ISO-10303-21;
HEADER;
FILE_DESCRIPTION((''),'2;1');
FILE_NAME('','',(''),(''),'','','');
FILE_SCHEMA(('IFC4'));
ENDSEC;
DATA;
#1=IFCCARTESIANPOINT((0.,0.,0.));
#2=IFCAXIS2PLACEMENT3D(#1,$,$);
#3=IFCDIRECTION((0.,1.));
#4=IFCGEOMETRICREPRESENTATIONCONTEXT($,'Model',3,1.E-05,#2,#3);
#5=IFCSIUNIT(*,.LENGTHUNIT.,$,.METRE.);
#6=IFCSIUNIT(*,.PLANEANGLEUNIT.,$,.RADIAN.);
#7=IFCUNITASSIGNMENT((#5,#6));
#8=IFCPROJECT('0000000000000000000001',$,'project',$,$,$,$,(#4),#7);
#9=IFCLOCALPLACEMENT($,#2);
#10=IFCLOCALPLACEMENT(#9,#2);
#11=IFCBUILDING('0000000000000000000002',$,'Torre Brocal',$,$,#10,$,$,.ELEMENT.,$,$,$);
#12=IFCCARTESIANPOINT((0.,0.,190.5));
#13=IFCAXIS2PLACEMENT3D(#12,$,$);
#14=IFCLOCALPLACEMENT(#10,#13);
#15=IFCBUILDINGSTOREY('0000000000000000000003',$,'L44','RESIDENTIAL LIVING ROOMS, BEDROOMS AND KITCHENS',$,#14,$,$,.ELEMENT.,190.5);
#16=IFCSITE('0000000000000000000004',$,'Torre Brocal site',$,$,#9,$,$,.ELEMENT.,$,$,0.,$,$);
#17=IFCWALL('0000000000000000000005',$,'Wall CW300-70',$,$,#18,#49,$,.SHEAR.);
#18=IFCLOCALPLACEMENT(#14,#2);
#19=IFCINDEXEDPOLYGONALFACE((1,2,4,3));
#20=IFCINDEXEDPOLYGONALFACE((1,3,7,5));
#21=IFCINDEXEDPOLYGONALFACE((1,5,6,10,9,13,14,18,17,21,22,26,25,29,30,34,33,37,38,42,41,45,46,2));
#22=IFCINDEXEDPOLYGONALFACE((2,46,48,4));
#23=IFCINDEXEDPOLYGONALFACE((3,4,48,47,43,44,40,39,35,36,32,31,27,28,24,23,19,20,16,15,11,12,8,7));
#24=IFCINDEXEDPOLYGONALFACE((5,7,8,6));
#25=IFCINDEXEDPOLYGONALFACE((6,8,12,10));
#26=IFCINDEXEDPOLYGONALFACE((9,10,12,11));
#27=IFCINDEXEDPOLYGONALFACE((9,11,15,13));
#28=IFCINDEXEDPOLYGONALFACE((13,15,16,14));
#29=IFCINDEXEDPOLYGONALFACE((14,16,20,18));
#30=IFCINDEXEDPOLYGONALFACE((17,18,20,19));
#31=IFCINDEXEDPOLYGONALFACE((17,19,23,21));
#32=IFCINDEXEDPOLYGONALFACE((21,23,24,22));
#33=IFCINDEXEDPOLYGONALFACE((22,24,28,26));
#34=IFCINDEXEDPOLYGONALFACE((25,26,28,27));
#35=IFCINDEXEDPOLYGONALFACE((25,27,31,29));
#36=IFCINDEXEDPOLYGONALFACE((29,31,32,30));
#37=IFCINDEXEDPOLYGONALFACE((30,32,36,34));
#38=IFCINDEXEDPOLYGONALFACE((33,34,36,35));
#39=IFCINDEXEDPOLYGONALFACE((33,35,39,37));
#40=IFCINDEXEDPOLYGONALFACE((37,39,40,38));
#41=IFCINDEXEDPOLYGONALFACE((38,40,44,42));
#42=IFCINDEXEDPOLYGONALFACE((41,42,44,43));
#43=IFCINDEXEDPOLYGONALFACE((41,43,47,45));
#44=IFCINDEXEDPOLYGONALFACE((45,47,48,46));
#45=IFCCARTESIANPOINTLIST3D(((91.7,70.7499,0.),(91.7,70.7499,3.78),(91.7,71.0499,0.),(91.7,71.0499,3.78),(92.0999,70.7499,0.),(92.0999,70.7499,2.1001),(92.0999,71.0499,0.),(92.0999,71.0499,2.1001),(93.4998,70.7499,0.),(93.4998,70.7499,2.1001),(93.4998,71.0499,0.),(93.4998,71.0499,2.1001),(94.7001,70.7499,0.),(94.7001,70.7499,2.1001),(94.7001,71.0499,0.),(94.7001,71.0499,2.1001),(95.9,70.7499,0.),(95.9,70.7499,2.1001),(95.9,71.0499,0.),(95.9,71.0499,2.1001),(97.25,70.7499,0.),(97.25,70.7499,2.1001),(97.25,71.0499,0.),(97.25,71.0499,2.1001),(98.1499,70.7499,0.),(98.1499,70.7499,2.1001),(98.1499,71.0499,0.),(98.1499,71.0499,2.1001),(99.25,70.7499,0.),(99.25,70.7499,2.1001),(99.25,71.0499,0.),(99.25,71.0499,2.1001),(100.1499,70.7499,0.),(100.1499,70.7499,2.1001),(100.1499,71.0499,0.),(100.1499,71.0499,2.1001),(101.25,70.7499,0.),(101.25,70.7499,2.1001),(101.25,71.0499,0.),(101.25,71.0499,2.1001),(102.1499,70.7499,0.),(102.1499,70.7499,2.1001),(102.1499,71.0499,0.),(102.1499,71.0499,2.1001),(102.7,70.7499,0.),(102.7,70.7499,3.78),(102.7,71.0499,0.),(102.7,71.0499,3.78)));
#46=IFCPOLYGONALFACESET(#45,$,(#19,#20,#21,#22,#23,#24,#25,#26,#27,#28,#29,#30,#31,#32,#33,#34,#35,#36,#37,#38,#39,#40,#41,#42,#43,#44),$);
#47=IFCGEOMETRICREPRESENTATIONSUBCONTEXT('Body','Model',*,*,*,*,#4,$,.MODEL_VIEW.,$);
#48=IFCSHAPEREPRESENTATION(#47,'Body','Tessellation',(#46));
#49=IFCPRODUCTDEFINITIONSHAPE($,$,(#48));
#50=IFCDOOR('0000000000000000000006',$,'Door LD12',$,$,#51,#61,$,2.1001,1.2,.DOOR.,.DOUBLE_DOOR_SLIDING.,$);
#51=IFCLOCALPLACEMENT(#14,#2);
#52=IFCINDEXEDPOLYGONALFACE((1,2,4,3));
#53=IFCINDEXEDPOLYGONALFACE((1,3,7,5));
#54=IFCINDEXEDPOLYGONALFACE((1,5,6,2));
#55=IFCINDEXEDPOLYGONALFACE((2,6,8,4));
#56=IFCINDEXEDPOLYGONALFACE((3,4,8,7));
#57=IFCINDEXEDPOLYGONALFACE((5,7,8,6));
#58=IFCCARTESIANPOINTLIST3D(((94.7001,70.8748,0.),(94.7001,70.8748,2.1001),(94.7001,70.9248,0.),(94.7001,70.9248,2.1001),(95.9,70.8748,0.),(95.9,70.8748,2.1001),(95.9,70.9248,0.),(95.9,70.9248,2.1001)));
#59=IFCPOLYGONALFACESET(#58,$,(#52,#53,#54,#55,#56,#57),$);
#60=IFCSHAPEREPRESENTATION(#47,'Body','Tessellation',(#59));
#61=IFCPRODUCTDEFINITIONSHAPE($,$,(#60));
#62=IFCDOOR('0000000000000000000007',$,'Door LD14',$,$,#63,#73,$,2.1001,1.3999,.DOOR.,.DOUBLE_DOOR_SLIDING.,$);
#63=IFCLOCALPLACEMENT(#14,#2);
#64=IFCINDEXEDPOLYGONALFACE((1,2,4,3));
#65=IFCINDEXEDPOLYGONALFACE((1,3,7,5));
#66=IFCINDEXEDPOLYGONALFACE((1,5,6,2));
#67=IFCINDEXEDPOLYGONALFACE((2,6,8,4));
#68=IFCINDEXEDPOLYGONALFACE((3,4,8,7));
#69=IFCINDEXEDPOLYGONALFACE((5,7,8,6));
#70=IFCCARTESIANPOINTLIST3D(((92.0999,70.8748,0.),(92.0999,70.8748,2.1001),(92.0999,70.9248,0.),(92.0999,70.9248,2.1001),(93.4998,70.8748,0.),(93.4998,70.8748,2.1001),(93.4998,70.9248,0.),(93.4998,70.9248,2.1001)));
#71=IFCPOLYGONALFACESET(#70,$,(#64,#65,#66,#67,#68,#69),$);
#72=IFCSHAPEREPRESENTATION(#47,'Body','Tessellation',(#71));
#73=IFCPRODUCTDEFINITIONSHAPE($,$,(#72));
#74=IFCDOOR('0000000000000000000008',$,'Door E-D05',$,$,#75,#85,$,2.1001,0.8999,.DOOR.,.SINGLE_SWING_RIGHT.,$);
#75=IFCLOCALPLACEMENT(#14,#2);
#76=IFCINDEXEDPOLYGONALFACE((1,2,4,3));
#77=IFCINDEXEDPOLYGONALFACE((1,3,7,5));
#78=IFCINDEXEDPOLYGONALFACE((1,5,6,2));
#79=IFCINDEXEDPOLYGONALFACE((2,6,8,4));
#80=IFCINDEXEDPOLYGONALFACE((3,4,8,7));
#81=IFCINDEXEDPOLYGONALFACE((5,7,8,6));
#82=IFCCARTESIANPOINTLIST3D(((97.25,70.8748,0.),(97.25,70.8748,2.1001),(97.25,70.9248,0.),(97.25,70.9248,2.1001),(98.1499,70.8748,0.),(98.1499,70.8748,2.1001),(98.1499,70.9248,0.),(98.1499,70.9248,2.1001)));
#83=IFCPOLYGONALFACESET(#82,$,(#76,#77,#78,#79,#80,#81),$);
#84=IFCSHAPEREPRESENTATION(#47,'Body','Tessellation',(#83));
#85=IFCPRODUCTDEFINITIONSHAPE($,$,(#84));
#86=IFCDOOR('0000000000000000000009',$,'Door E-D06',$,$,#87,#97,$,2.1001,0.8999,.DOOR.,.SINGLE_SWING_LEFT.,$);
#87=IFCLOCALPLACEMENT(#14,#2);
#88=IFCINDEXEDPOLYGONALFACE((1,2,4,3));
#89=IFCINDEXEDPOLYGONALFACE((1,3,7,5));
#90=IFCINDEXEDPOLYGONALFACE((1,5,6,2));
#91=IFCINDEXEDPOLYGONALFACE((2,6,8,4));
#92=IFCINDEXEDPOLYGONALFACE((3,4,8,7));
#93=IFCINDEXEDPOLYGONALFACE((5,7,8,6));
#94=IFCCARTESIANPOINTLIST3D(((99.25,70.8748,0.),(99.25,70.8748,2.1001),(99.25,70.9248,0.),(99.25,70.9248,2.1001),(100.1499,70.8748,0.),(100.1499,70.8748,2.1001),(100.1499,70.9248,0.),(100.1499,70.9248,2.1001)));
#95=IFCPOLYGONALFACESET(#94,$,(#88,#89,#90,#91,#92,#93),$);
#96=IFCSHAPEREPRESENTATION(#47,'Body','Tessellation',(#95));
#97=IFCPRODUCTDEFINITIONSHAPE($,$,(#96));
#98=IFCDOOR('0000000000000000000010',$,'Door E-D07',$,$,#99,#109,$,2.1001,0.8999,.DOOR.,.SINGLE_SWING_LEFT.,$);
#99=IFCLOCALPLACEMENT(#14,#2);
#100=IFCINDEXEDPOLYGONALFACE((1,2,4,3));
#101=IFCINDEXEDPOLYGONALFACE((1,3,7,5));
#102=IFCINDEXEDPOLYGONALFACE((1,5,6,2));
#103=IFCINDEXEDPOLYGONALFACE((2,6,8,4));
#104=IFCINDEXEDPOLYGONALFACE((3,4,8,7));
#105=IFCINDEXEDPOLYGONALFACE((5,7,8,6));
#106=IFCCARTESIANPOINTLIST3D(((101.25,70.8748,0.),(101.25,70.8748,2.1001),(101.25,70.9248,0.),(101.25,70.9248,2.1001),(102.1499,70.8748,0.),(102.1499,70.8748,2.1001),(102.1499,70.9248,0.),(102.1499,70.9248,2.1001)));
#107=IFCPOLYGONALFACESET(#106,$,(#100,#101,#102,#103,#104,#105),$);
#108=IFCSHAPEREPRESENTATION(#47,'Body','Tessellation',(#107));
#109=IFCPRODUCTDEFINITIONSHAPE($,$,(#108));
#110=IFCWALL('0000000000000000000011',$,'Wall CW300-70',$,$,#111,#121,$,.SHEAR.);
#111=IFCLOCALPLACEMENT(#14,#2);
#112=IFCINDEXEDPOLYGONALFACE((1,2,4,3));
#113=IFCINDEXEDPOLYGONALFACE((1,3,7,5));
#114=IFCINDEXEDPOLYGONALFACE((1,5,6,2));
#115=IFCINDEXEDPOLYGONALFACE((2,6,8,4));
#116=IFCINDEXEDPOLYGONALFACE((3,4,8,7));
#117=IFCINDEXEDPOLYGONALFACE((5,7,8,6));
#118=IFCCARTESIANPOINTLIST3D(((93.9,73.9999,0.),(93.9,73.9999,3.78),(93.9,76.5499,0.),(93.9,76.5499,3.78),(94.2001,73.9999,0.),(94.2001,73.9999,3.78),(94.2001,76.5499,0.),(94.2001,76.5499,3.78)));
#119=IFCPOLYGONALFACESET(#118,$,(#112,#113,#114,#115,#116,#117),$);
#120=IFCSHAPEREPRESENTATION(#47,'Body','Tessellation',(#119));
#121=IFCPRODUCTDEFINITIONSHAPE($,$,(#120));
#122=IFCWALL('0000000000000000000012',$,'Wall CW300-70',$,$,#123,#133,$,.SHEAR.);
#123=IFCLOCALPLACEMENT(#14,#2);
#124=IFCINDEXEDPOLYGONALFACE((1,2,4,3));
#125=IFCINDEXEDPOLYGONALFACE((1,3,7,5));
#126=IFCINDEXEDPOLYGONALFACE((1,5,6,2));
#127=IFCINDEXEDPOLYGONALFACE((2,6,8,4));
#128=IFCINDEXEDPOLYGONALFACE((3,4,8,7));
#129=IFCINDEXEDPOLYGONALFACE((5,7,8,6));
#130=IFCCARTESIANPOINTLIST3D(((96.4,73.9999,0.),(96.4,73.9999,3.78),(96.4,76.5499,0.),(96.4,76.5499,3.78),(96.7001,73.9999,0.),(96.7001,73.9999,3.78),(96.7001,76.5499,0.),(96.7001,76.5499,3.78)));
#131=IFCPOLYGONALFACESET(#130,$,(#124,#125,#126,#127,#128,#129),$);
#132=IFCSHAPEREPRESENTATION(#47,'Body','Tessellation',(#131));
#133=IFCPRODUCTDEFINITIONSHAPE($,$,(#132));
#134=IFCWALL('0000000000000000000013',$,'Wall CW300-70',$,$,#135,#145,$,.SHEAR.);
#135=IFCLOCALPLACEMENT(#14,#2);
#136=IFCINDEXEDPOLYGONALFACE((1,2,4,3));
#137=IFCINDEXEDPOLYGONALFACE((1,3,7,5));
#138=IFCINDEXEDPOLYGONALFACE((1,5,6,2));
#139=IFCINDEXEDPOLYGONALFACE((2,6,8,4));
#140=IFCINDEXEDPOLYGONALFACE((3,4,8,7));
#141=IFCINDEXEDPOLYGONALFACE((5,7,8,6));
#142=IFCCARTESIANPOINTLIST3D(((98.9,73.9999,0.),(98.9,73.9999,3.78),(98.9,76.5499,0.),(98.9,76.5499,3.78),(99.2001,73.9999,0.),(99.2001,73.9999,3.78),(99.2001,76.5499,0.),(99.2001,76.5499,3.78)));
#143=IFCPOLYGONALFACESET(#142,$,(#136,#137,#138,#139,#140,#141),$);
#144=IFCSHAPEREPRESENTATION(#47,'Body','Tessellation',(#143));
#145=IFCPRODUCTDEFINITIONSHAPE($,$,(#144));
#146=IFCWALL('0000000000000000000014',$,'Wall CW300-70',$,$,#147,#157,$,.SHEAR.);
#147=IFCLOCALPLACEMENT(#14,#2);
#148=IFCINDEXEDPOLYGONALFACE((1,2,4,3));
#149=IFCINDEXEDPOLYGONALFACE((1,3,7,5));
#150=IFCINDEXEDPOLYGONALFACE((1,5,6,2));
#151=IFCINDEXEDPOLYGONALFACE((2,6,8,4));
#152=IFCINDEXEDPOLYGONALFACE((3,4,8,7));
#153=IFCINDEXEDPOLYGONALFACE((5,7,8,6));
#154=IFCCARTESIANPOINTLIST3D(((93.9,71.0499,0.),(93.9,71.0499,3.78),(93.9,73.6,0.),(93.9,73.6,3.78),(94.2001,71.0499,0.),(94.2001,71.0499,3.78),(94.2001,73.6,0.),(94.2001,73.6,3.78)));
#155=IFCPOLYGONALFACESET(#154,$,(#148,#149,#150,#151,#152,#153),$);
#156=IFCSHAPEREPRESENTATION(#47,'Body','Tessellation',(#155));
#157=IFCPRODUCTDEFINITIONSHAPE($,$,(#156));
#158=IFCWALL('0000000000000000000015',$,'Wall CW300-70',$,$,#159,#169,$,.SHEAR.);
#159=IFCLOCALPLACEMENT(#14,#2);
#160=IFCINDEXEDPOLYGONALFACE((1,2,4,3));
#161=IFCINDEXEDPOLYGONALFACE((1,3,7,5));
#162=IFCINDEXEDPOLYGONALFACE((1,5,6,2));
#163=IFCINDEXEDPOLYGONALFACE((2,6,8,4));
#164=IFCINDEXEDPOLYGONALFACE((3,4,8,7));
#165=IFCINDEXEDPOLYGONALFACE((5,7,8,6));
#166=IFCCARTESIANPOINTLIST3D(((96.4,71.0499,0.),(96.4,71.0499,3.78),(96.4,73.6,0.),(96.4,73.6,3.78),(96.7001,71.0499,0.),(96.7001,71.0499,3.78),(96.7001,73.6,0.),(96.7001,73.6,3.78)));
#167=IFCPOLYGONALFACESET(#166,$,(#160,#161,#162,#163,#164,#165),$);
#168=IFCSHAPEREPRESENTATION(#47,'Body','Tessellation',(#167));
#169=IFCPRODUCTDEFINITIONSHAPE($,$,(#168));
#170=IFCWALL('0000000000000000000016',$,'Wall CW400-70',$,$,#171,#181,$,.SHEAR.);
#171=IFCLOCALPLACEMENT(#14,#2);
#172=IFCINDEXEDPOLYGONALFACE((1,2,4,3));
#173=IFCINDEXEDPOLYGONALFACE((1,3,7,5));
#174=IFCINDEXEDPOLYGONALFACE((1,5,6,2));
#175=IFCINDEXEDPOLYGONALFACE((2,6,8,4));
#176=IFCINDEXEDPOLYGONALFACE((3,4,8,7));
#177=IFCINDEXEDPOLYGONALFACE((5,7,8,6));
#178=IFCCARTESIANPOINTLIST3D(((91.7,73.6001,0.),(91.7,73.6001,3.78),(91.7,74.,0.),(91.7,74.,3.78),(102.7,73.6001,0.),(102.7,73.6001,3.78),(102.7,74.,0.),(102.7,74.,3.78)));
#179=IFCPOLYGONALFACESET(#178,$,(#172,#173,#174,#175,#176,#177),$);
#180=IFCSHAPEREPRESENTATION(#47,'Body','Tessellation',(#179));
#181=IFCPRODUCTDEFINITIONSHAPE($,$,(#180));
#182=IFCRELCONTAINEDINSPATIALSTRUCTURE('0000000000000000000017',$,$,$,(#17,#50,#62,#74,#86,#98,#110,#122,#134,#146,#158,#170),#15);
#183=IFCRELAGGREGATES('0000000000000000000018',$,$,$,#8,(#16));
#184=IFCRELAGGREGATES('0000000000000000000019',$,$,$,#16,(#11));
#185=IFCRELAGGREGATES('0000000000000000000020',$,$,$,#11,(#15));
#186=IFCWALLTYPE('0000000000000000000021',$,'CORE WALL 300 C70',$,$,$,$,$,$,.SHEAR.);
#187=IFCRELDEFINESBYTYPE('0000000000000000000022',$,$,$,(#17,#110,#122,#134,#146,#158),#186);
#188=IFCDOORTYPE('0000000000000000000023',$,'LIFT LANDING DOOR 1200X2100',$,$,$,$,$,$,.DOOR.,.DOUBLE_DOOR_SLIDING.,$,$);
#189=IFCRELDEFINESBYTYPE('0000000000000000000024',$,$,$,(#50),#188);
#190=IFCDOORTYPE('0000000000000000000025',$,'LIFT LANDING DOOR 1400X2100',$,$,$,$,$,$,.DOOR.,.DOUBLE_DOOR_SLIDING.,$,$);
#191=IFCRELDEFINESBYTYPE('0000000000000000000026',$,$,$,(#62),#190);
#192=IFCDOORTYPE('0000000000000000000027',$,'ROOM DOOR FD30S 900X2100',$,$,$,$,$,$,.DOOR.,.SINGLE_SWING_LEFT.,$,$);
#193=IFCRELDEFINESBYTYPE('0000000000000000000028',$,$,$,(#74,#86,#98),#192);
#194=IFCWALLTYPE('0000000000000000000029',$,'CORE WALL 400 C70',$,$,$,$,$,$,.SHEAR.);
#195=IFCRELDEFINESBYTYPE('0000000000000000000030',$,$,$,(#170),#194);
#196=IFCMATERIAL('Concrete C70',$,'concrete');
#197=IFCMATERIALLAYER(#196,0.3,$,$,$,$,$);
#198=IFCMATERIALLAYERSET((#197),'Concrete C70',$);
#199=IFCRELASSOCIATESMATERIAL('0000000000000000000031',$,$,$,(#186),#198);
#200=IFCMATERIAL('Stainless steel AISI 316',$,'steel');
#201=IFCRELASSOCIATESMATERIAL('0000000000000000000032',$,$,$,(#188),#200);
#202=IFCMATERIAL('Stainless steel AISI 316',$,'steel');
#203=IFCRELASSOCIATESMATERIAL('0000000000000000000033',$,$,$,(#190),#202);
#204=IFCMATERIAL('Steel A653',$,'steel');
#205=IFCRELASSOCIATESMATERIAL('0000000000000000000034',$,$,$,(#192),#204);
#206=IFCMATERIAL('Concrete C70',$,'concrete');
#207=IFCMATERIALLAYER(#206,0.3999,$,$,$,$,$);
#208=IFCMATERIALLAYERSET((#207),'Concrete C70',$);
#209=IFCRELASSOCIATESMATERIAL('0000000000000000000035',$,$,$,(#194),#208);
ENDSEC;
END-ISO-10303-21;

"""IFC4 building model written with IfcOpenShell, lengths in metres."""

from ifc_helpers import new_model, si_unit, direction, frame, frame_2d, origin, place, context, subcontext, project, spatial, rectangle, extrude, material, layer, layer_set, type_object, element, fill, save


model = new_model("IFC4")

# Units and contexts
model_context = context("Model", 3, precision=1e-05, world=origin(), true_north=direction((0.0, 1.0)))
body_context = subcontext(model_context, "Body", "Model", "MODEL_VIEW")
ifc_project = project(units=[si_unit("LENGTHUNIT", "METRE"), si_unit("PLANEANGLEUNIT", "RADIAN")], contexts=[model_context])

# Site, building, storey
site_placement = place(None, origin())
site = spatial("IfcSite", under=ifc_project, at=site_placement, Name="Torre Brocal site", CompositionType="ELEMENT", RefElevation=0.0)
building_placement = place(site_placement, origin())
building = spatial("IfcBuilding", under=site, at=building_placement, Name="Torre Brocal", CompositionType="ELEMENT")
storey_placement = place(building_placement, frame((0.0, 0.0, 190.5)))
storey = spatial("IfcBuildingStorey", under=building, at=storey_placement, Name="L44", Description="RESIDENTIAL LIVING ROOMS, BEDROOMS AND KITCHENS", CompositionType="ELEMENT", Elevation=190.5)

# Shared definitions
ifc_material_1 = material(Name="Concrete C70", Category="concrete")
ifc_layer_1 = layer(ifc_material_1, 0.3)
ifc_layer_set_1 = layer_set([ifc_layer_1], Name="Concrete C70")
wall_type_1 = type_object("IfcWallType", Name="CORE WALL 300 C70", PredefinedType="SHEAR", material=ifc_layer_set_1)

# Wall, openings, doors
wall_1_placement = place(storey_placement, frame((91.7, 70.8999, 0.0), z_axis=(0.0, 0.0, 1.0), x_axis=(1.0, 0.0, 0.0)))
wall_1 = element("IfcWall", 1, at=wall_1_placement, inside=storey, type_object=wall_type_1, Name="Wall CW300-70", PredefinedType="SHEAR", context=body_context, shape_type="SweptSolid", body=[
    extrude(rectangle(XDim=11.0, YDim=0.3, at=frame_2d((5.5, 0.0))), origin(), (0.0, 0.0, 1.0), 3.78),
])
opening_1_placement = place(wall_1_placement, frame((0.3999, 0.0, 0.0)))
opening_1 = element("IfcOpeningElement", 2, at=opening_1_placement, cuts=wall_1, PredefinedType="OPENING", context=body_context, shape_type="SweptSolid", body=[
    extrude(rectangle(XDim=1.3999, YDim=2.1001, at=frame_2d((0.7, 1.05))), frame((0.0, 0.1599, 0.0), z_axis=(0.0, -1.0, 0.0), x_axis=(1.0, 0.0, 0.0)), (0.0, 0.0, 1.0), 0.3201),
])
opening_2_placement = place(wall_1_placement, frame((3.0, 0.0, 0.0)))
opening_2 = element("IfcOpeningElement", 3, at=opening_2_placement, cuts=wall_1, PredefinedType="OPENING", context=body_context, shape_type="SweptSolid", body=[
    extrude(rectangle(XDim=1.2, YDim=2.1001, at=frame_2d((0.6001, 1.05))), frame((0.0, 0.1599, 0.0), z_axis=(0.0, -1.0, 0.0), x_axis=(1.0, 0.0, 0.0)), (0.0, 0.0, 1.0), 0.3201),
])
opening_3_placement = place(wall_1_placement, frame((5.55, 0.0, 0.0)))
opening_3 = element("IfcOpeningElement", 4, at=opening_3_placement, cuts=wall_1, PredefinedType="OPENING", context=body_context, shape_type="SweptSolid", body=[
    extrude(rectangle(XDim=0.8999, YDim=2.1001, at=frame_2d((0.45, 1.05))), frame((0.0, 0.1599, 0.0), z_axis=(0.0, -1.0, 0.0), x_axis=(1.0, 0.0, 0.0)), (0.0, 0.0, 1.0), 0.3201),
])
opening_4_placement = place(wall_1_placement, frame((7.55, 0.0, 0.0)))
opening_4 = element("IfcOpeningElement", 5, at=opening_4_placement, cuts=wall_1, PredefinedType="OPENING", context=body_context, shape_type="SweptSolid", body=[
    extrude(rectangle(XDim=0.8999, YDim=2.1001, at=frame_2d((0.45, 1.05))), frame((0.0, 0.1599, 0.0), z_axis=(0.0, -1.0, 0.0), x_axis=(1.0, 0.0, 0.0)), (0.0, 0.0, 1.0), 0.3201),
])
opening_5_placement = place(wall_1_placement, frame((9.55, 0.0, 0.0)))
opening_5 = element("IfcOpeningElement", 6, at=opening_5_placement, cuts=wall_1, PredefinedType="OPENING", context=body_context, shape_type="SweptSolid", body=[
    extrude(rectangle(XDim=0.8999, YDim=2.1001, at=frame_2d((0.45, 1.05))), frame((0.0, 0.1599, 0.0), z_axis=(0.0, -1.0, 0.0), x_axis=(1.0, 0.0, 0.0)), (0.0, 0.0, 1.0), 0.3201),
])
ifc_material_2 = material(Name="Stainless steel AISI 316", Category="steel")
door_type_1 = type_object("IfcDoorType", Name="LIFT LANDING DOOR 1200X2100", OperationType="DOUBLE_DOOR_SLIDING", PredefinedType="DOOR", material=ifc_material_2)
door_1_placement = place(opening_2_placement, origin())
door_1 = element("IfcDoor", 7, at=door_1_placement, inside=storey, type_object=door_type_1, Name="Door LD12", OperationType="DOUBLE_DOOR_SLIDING", OverallHeight=2.1001, OverallWidth=1.2, PredefinedType="DOOR", context=body_context, shape_type="SweptSolid", body=[
    extrude(rectangle(XDim=1.2, YDim=2.1001, at=frame_2d((0.6001, 1.05))), frame((0.0, 0.0249, 0.0), z_axis=(0.0, -1.0, 0.0), x_axis=(1.0, 0.0, 0.0)), (0.0, 0.0, 1.0), 0.05),
])
fill(opening_2, door_1)
ifc_material_3 = material(Name="Stainless steel AISI 316", Category="steel")
door_type_2 = type_object("IfcDoorType", Name="LIFT LANDING DOOR 1400X2100", OperationType="DOUBLE_DOOR_SLIDING", PredefinedType="DOOR", material=ifc_material_3)
door_2_placement = place(opening_1_placement, origin())
door_2 = element("IfcDoor", 8, at=door_2_placement, inside=storey, type_object=door_type_2, Name="Door LD14", OperationType="DOUBLE_DOOR_SLIDING", OverallHeight=2.1001, OverallWidth=1.3999, PredefinedType="DOOR", context=body_context, shape_type="SweptSolid", body=[
    extrude(rectangle(XDim=1.3999, YDim=2.1001, at=frame_2d((0.7, 1.05))), frame((0.0, 0.0249, 0.0), z_axis=(0.0, -1.0, 0.0), x_axis=(1.0, 0.0, 0.0)), (0.0, 0.0, 1.0), 0.05),
])
fill(opening_1, door_2)
ifc_material_4 = material(Name="Steel A653", Category="steel")
door_type_3 = type_object("IfcDoorType", Name="ROOM DOOR FD30S 900X2100", OperationType="SINGLE_SWING_LEFT", PredefinedType="DOOR", material=ifc_material_4)
door_3_placement = place(opening_3_placement, origin())
door_3 = element("IfcDoor", 9, at=door_3_placement, inside=storey, type_object=door_type_3, Name="Door E-D05", OperationType="SINGLE_SWING_RIGHT", OverallHeight=2.1001, OverallWidth=0.8999, PredefinedType="DOOR", context=body_context, shape_type="SweptSolid", body=[
    extrude(rectangle(XDim=0.8999, YDim=2.1001, at=frame_2d((0.45, 1.05))), frame((0.0, 0.0249, 0.0), z_axis=(0.0, -1.0, 0.0), x_axis=(1.0, 0.0, 0.0)), (0.0, 0.0, 1.0), 0.05),
])
fill(opening_3, door_3)
door_4_placement = place(opening_4_placement, origin())
door_4 = element("IfcDoor", 10, at=door_4_placement, inside=storey, type_object=door_type_3, Name="Door E-D06", OperationType="SINGLE_SWING_LEFT", OverallHeight=2.1001, OverallWidth=0.8999, PredefinedType="DOOR", context=body_context, shape_type="SweptSolid", body=[
    extrude(rectangle(XDim=0.8999, YDim=2.1001, at=frame_2d((0.45, 1.05))), frame((0.0, 0.0249, 0.0), z_axis=(0.0, -1.0, 0.0), x_axis=(1.0, 0.0, 0.0)), (0.0, 0.0, 1.0), 0.05),
])
fill(opening_4, door_4)
door_5_placement = place(opening_5_placement, origin())
door_5 = element("IfcDoor", 11, at=door_5_placement, inside=storey, type_object=door_type_3, Name="Door E-D07", OperationType="SINGLE_SWING_LEFT", OverallHeight=2.1001, OverallWidth=0.8999, PredefinedType="DOOR", context=body_context, shape_type="SweptSolid", body=[
    extrude(rectangle(XDim=0.8999, YDim=2.1001, at=frame_2d((0.45, 1.05))), frame((0.0, 0.0249, 0.0), z_axis=(0.0, -1.0, 0.0), x_axis=(1.0, 0.0, 0.0)), (0.0, 0.0, 1.0), 0.05),
])
fill(opening_5, door_5)

# Walls
for number, where, z_axis, x_axis, name in (
    (12, (94.05, 74.0, 0.0), (0.0, 0.0, 1.0), (0.0, 1.0, 0.0), "Wall CW300-70"),
    (13, (96.55, 74.0, 0.0), (0.0, 0.0, 1.0), (0.0, 1.0, 0.0), "Wall CW300-70"),
    (14, (99.05, 74.0, 0.0), (0.0, 0.0, 1.0), (0.0, 1.0, 0.0), "Wall CW300-70"),
    (15, (94.05, 71.05, 0.0), (0.0, 0.0, 1.0), (0.0, 1.0, 0.0), "Wall CW300-70"),
    (16, (96.55, 71.05, 0.0), (0.0, 0.0, 1.0), (0.0, 1.0, 0.0), "Wall CW300-70"),
):
    element("IfcWall", number, at=place(storey_placement, frame(where, z_axis=z_axis, x_axis=x_axis)), inside=storey, type_object=wall_type_1, Name=name, PredefinedType="SHEAR", context=body_context, shape_type="SweptSolid", body=[
        extrude(rectangle(XDim=2.55, YDim=0.3, at=frame_2d((1.2749, 0.0))), origin(), (0.0, 0.0, 1.0), 3.78),
    ])
ifc_material_5 = material(Name="Concrete C70", Category="concrete")
ifc_layer_2 = layer(ifc_material_5, 0.3999)
ifc_layer_set_2 = layer_set([ifc_layer_2], Name="Concrete C70")
wall_type_2 = type_object("IfcWallType", Name="CORE WALL 400 C70", PredefinedType="SHEAR", material=ifc_layer_set_2)
wall_2_placement = place(storey_placement, frame((91.7, 73.8, 0.0), z_axis=(0.0, 0.0, 1.0), x_axis=(1.0, 0.0, 0.0)))
element("IfcWall", 17, at=wall_2_placement, inside=storey, type_object=wall_type_2, Name="Wall CW400-70", PredefinedType="SHEAR", context=body_context, shape_type="SweptSolid", body=[
    extrude(rectangle(XDim=11.0, YDim=0.3999, at=frame_2d((5.5, 0.0))), origin(), (0.0, 0.0, 1.0), 3.78),
])

save(model, "model.ifc")
